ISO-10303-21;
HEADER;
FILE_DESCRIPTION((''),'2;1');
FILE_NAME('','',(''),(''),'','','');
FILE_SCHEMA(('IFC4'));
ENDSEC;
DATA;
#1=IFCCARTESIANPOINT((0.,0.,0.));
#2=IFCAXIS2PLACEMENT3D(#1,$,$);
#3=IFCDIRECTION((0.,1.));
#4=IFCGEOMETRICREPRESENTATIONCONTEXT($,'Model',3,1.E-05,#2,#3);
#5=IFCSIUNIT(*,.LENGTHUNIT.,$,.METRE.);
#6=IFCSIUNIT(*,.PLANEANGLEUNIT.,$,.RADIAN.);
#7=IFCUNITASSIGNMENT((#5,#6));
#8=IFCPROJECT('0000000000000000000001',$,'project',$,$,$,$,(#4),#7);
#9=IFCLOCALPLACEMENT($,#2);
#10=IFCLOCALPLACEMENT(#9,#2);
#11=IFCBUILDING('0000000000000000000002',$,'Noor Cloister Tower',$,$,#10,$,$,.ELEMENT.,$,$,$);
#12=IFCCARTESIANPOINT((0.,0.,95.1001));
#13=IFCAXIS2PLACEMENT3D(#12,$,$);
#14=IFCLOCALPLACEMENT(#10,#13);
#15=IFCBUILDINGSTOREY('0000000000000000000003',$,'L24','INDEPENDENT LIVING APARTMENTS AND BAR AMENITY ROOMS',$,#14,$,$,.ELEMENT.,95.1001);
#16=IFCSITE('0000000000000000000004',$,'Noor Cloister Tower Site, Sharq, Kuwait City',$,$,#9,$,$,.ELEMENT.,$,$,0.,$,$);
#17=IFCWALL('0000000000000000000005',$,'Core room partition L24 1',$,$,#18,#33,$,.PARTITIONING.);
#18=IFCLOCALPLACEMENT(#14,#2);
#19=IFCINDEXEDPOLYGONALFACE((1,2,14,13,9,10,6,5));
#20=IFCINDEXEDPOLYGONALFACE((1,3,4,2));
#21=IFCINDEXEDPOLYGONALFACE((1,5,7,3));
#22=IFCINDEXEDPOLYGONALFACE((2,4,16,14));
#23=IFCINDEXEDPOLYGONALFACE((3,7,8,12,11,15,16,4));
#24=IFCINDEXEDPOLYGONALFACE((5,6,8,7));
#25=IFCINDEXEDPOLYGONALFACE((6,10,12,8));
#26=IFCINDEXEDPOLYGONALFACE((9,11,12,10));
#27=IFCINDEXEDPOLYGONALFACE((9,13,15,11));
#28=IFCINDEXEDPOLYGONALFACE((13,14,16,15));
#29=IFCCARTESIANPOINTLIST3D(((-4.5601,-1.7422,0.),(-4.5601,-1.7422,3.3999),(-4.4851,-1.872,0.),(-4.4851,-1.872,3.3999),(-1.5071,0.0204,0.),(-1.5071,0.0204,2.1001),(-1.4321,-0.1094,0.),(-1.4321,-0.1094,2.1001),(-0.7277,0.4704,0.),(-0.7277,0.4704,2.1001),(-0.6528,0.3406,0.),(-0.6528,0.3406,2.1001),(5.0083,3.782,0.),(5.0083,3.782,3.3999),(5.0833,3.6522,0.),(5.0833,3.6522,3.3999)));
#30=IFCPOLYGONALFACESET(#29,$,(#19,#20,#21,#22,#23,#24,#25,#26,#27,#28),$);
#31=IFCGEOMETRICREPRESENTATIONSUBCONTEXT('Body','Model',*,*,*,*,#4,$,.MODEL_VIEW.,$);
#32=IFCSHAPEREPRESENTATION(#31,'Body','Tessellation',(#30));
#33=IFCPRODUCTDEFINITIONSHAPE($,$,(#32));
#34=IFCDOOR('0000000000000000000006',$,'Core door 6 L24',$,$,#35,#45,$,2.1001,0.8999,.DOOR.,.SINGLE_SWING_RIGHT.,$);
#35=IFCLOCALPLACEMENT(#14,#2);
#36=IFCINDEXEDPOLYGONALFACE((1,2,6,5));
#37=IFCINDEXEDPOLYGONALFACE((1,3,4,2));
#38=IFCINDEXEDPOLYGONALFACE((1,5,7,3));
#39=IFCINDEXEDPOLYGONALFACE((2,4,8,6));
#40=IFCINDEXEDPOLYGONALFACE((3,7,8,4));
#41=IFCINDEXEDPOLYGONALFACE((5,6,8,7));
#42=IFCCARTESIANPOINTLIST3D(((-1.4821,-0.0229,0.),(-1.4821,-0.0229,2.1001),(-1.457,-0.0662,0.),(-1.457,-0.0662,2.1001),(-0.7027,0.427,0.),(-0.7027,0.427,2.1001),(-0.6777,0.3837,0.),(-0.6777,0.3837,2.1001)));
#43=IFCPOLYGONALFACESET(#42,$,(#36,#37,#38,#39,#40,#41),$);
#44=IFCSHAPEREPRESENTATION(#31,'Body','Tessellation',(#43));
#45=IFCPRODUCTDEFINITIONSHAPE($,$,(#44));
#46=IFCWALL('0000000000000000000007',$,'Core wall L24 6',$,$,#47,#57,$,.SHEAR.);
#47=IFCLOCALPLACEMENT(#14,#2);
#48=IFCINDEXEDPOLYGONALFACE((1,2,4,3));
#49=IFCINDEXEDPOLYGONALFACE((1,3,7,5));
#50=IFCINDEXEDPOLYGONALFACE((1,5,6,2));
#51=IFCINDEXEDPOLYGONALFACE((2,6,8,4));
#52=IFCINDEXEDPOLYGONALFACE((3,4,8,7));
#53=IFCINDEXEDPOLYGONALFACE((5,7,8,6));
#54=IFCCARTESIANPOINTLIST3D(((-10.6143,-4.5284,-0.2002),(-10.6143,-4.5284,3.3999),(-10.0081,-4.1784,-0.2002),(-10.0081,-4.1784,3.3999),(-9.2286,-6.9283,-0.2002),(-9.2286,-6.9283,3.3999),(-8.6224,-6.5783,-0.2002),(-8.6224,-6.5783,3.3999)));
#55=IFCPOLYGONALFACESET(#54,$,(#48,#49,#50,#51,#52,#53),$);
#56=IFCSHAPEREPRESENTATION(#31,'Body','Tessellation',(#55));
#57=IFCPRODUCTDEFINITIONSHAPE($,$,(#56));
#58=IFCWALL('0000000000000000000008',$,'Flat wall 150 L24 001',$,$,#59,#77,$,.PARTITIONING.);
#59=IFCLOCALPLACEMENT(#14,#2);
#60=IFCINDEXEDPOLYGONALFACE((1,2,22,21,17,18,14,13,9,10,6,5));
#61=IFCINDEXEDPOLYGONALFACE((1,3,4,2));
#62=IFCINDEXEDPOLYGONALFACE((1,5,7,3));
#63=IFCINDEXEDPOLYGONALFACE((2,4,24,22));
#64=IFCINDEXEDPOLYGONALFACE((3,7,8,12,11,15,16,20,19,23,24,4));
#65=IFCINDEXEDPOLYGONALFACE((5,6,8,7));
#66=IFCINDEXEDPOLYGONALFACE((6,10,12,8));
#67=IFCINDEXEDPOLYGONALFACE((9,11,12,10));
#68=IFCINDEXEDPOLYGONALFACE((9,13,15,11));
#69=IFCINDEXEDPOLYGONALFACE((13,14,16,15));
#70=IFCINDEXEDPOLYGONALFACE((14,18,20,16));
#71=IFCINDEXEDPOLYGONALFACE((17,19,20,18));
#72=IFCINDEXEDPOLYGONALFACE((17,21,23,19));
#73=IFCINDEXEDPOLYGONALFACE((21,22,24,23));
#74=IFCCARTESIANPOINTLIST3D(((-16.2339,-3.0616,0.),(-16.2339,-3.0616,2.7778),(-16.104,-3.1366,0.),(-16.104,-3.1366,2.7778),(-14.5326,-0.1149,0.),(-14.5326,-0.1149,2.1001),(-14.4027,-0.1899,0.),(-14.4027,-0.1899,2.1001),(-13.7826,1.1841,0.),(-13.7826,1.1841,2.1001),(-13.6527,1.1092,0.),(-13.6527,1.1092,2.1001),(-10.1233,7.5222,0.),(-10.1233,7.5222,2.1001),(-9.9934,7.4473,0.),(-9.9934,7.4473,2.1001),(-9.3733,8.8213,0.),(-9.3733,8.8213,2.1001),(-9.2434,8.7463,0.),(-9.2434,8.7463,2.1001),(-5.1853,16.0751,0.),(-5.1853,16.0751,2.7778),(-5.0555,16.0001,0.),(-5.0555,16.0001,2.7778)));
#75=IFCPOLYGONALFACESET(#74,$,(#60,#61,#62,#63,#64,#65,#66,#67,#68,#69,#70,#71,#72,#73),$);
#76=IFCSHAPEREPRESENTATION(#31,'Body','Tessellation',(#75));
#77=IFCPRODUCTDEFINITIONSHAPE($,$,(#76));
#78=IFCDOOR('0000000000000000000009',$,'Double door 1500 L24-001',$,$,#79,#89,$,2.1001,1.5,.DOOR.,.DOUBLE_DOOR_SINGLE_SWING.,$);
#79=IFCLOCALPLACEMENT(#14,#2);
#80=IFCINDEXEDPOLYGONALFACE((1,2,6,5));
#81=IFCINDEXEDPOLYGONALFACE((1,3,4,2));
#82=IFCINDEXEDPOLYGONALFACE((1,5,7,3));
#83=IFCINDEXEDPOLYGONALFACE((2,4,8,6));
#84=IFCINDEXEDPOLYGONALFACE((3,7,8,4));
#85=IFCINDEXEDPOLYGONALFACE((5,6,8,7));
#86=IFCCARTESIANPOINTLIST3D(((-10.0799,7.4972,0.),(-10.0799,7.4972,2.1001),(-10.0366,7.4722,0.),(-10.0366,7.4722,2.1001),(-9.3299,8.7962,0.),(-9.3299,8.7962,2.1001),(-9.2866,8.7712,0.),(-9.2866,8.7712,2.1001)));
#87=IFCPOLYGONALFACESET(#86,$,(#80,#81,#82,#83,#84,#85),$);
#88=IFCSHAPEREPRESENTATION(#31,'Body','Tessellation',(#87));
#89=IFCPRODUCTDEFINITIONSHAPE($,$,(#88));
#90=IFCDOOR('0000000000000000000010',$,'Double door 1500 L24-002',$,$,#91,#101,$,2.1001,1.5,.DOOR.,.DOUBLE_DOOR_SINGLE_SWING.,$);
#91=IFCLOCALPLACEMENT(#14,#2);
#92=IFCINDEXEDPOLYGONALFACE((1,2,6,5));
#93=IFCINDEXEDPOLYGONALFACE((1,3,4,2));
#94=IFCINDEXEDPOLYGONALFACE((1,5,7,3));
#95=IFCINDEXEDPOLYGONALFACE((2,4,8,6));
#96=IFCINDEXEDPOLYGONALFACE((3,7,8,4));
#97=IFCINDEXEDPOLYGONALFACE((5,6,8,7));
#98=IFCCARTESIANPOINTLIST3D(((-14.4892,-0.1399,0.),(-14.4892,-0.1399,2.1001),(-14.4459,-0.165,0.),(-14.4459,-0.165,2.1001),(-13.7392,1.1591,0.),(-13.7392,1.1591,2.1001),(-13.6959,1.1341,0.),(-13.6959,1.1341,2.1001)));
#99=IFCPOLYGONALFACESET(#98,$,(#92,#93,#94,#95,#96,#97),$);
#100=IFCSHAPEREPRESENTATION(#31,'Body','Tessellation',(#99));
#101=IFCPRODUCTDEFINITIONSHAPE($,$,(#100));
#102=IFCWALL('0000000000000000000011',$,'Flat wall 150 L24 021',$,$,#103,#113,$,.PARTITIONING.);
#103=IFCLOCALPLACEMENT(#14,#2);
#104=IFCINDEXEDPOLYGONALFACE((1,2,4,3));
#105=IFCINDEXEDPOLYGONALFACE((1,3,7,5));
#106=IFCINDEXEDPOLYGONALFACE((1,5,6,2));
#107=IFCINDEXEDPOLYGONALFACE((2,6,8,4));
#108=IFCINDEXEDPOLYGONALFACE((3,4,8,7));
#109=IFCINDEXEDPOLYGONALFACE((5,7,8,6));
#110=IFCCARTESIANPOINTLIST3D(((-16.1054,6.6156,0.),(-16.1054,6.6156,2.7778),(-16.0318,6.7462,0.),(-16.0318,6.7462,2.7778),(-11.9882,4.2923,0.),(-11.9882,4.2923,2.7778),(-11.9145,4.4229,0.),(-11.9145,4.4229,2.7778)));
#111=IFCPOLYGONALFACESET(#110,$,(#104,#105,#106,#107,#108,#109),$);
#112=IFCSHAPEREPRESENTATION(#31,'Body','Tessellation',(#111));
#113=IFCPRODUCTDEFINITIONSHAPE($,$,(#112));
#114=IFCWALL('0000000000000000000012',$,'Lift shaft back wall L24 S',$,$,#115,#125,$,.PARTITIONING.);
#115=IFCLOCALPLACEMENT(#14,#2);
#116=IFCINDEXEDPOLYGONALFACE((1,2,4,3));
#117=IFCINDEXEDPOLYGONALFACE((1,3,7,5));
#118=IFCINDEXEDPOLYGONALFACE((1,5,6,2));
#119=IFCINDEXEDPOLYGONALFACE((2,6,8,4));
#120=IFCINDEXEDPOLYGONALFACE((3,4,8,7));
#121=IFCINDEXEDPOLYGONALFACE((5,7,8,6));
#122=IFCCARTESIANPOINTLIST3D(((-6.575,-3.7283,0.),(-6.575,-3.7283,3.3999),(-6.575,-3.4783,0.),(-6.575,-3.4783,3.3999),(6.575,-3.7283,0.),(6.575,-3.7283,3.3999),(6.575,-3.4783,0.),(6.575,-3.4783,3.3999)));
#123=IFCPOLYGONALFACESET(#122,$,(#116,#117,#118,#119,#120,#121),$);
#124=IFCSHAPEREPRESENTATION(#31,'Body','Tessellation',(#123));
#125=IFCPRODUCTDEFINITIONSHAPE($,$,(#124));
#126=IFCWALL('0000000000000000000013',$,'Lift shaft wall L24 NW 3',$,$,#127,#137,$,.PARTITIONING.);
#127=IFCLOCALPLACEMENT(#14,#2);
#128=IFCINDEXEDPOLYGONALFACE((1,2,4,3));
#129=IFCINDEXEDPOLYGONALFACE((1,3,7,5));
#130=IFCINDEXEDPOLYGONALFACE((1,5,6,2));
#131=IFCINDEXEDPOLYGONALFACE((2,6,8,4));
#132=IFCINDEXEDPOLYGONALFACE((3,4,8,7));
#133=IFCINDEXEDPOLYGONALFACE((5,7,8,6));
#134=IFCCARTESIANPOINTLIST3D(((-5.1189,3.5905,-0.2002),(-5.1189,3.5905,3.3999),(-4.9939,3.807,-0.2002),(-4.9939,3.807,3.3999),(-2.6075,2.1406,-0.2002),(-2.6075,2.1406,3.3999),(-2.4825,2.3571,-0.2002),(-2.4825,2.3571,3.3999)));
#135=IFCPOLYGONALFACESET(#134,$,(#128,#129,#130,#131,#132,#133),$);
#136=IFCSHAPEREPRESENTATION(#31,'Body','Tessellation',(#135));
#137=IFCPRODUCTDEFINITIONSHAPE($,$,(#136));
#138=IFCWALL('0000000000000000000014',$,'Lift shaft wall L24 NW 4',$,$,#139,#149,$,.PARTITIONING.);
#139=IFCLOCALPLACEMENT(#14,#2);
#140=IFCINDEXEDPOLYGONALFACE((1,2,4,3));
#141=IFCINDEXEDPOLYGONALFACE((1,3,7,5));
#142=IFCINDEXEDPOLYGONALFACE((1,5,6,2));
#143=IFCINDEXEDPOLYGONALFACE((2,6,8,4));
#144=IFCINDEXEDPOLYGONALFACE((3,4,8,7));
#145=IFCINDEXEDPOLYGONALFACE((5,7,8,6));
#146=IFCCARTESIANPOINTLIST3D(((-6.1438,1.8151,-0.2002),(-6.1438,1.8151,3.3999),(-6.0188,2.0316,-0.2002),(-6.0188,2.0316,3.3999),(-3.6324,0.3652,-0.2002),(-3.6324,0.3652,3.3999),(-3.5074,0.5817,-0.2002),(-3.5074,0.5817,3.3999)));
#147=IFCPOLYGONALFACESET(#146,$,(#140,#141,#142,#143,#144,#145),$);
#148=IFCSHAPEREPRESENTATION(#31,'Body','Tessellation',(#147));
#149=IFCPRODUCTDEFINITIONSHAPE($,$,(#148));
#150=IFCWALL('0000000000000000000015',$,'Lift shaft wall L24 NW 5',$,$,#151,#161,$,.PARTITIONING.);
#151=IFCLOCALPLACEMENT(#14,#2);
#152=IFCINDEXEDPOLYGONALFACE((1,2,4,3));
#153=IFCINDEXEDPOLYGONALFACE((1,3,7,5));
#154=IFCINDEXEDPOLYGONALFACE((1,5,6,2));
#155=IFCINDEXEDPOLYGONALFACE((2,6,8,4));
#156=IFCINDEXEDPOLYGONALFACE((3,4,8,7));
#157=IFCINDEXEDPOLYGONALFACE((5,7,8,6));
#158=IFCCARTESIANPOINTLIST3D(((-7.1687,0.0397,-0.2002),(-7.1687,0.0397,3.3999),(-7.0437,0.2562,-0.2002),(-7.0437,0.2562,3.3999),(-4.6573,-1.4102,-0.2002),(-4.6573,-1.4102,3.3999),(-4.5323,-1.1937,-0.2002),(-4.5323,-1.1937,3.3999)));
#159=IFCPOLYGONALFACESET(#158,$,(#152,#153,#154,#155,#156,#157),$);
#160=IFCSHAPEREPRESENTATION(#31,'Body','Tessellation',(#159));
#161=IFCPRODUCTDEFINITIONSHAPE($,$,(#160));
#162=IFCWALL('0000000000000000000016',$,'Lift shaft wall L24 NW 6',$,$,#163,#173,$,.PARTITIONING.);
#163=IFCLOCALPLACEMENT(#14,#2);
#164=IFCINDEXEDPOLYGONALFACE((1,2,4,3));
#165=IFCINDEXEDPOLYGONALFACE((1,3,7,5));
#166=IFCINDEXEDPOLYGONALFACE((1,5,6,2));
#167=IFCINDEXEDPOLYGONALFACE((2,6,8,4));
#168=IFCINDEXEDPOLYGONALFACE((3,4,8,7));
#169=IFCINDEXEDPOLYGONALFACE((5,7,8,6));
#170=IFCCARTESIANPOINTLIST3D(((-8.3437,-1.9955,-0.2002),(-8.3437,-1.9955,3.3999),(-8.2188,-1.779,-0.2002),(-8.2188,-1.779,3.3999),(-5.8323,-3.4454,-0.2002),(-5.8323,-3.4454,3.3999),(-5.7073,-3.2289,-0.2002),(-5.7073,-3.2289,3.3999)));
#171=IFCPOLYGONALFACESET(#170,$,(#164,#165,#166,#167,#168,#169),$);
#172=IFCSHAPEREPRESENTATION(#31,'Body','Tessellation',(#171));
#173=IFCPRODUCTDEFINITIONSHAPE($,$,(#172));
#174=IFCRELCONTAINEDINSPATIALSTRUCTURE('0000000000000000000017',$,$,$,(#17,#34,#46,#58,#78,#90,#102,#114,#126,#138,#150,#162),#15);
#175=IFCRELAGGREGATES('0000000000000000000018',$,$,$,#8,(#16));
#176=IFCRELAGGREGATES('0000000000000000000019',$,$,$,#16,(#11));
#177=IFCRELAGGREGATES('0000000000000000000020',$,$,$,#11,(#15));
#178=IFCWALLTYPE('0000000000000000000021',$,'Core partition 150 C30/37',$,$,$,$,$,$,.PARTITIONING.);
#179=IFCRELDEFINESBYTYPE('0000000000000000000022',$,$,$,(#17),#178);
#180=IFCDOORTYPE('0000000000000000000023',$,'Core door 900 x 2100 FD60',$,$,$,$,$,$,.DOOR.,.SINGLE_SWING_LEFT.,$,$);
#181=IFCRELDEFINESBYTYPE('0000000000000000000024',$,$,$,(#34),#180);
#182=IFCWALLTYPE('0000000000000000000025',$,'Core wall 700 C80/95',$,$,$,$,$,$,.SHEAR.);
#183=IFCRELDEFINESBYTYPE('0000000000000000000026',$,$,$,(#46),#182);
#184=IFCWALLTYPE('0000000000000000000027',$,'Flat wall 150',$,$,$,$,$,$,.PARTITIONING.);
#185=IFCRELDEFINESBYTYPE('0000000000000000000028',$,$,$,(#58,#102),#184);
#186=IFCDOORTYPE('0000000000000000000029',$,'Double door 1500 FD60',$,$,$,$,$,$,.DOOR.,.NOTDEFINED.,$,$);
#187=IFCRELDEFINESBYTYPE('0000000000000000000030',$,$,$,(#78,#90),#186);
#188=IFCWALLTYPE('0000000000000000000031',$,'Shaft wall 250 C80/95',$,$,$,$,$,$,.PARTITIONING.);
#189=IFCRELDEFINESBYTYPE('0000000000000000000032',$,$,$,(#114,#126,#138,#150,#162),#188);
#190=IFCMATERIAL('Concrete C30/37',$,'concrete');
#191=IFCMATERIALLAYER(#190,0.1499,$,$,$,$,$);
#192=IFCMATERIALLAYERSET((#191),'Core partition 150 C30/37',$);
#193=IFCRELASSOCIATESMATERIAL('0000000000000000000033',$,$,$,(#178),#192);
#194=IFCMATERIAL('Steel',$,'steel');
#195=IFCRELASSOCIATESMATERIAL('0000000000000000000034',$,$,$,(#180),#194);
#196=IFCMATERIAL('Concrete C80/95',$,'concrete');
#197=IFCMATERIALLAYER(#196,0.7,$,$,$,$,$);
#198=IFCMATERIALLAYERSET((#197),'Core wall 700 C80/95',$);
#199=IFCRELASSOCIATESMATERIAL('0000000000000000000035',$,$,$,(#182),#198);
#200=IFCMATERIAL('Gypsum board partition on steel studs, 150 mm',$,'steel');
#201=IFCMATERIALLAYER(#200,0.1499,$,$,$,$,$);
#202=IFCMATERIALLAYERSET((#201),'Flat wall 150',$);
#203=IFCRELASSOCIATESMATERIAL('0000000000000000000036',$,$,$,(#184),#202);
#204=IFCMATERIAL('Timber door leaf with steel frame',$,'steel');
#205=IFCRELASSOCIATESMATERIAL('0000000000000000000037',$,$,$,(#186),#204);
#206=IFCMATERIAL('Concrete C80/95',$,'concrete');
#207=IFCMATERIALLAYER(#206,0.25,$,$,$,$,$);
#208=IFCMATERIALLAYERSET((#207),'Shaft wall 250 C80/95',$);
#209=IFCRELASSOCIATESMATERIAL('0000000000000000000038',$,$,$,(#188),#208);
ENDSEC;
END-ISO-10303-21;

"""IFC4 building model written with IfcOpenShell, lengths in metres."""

from ifc_helpers import new_model, si_unit, direction, frame, frame_2d, origin, place, context, subcontext, project, spatial, rectangle, extrude, material, layer, layer_set, type_object, element, fill, save


model = new_model("IFC4")

# Units and contexts
model_context = context("Model", 3, precision=1e-05, world=origin(), true_north=direction((0.0, 1.0)))
body_context = subcontext(model_context, "Body", "Model", "MODEL_VIEW")
ifc_project = project(units=[si_unit("LENGTHUNIT", "METRE"), si_unit("PLANEANGLEUNIT", "RADIAN")], contexts=[model_context])

# Site, building, storey
site_placement = place(None, origin())
site = spatial("IfcSite", under=ifc_project, at=site_placement, Name="Noor Cloister Tower Site, Sharq, Kuwait City", CompositionType="ELEMENT", RefElevation=0.0)
building_placement = place(site_placement, origin())
building = spatial("IfcBuilding", under=site, at=building_placement, Name="Noor Cloister Tower", CompositionType="ELEMENT")
storey_placement = place(building_placement, frame((0.0, 0.0, 95.1001)))
storey = spatial("IfcBuildingStorey", under=building, at=storey_placement, Name="L24", Description="INDEPENDENT LIVING APARTMENTS AND BAR AMENITY ROOMS", CompositionType="ELEMENT", Elevation=95.1001)

# Wall, opening, door
ifc_material_1 = material(Name="Concrete C30/37", Category="concrete")
ifc_layer_1 = layer(ifc_material_1, 0.1499)
ifc_layer_set_1 = layer_set([ifc_layer_1], Name="Core partition 150 C30/37")
wall_type_1 = type_object("IfcWallType", Name="Core partition 150 C30/37", PredefinedType="PARTITIONING", material=ifc_layer_set_1)
wall_1_placement = place(storey_placement, frame((-4.5227, -1.8071, 0.0), z_axis=(0.0, 0.0, 1.0), x_axis=(0.86603, 0.499992, 0.0)))
wall_1 = element("IfcWall", 1, at=wall_1_placement, inside=storey, type_object=wall_type_1, Name="Core room partition L24 1", PredefinedType="PARTITIONING", context=body_context, shape_type="SweptSolid", body=[
    extrude(rectangle(XDim=11.0486, YDim=0.1499, at=frame_2d((5.5244, 0.0))), origin(), (0.0, 0.0, 1.0), 3.3999),
])
opening_1_placement = place(wall_1_placement, frame((3.5254, 0.0, 0.0)))
opening_1 = element("IfcOpeningElement", 2, at=opening_1_placement, cuts=wall_1, PredefinedType="OPENING", context=body_context, shape_type="SweptSolid", body=[
    extrude(rectangle(XDim=0.8999, YDim=2.1001, at=frame_2d((0.45, 1.05))), frame((0.0, 0.085, 0.0), z_axis=(0.0, -1.0, 0.0), x_axis=(1.0, 0.0, 0.0)), (0.0, 0.0, 1.0), 0.1699),
])
ifc_material_2 = material(Name="Steel", Category="steel")
door_type_1 = type_object("IfcDoorType", Name="Core door 900 x 2100 FD60", OperationType="SINGLE_SWING_LEFT", PredefinedType="DOOR", material=ifc_material_2)
door_1_placement = place(opening_1_placement, origin())
door_1 = element("IfcDoor", 3, at=door_1_placement, inside=storey, type_object=door_type_1, Name="Core door 6 L24", OperationType="SINGLE_SWING_RIGHT", OverallHeight=2.1001, OverallWidth=0.8999, PredefinedType="DOOR", context=body_context, shape_type="SweptSolid", body=[
    extrude(rectangle(XDim=0.8999, YDim=2.1001, at=frame_2d((0.45, 1.05))), frame((0.0, 0.0249, 0.0), z_axis=(0.0, -1.0, 0.0), x_axis=(1.0, 0.0, 0.0)), (0.0, 0.0, 1.0), 0.05),
])
fill(opening_1, door_1)

# Wall
ifc_material_3 = material(Name="Concrete C80/95", Category="concrete")
ifc_layer_2 = layer(ifc_material_3, 0.7)
ifc_layer_set_2 = layer_set([ifc_layer_2], Name="Core wall 700 C80/95")
wall_type_2 = type_object("IfcWallType", Name="Core wall 700 C80/95", PredefinedType="SHEAR", material=ifc_layer_set_2)
wall_2_placement = place(storey_placement, frame((-10.3113, -4.3533, -0.2002), z_axis=(0.0, 0.0, 1.0), x_axis=(0.500043, -0.866001, 0.0)))
element("IfcWall", 4, at=wall_2_placement, inside=storey, type_object=wall_type_2, Name="Core wall L24 6", PredefinedType="SHEAR", context=body_context, shape_type="SweptSolid", body=[
    extrude(rectangle(XDim=2.7712, YDim=0.7, at=frame_2d((1.3857, 0.0))), origin(), (0.0, 0.0, 1.0), 3.6001),
])

# Wall, openings, doors
ifc_material_4 = material(Name="Gypsum board partition on steel studs, 150 mm", Category="steel")
ifc_layer_3 = layer(ifc_material_4, 0.1499)
ifc_layer_set_3 = layer_set([ifc_layer_3], Name="Flat wall 150")
wall_type_3 = type_object("IfcWallType", Name="Flat wall 150", PredefinedType="PARTITIONING", material=ifc_layer_set_3)
wall_3_placement = place(storey_placement, frame((-16.1689, -3.0991, 0.0), z_axis=(0.0, 0.0, 1.0), x_axis=(0.5, 0.866026, 0.0)))
wall_3 = element("IfcWall", 5, at=wall_3_placement, inside=storey, type_object=wall_type_3, Name="Flat wall 150 L24 001", PredefinedType="PARTITIONING", context=body_context, shape_type="SweptSolid", body=[
    extrude(rectangle(XDim=22.0972, YDim=0.1499, at=frame_2d((11.0486, 0.0))), origin(), (0.0, 0.0, 1.0), 2.7778),
])
opening_2_placement = place(wall_3_placement, frame((12.2212, 0.0, 0.0)))
opening_2 = element("IfcOpeningElement", 6, at=opening_2_placement, cuts=wall_3, PredefinedType="OPENING", context=body_context, shape_type="SweptSolid", body=[
    extrude(rectangle(XDim=1.5, YDim=2.1001, at=frame_2d((0.75, 1.05))), frame((0.0, 0.085, 0.0), z_axis=(0.0, -1.0, 0.0), x_axis=(1.0, 0.0, 0.0)), (0.0, 0.0, 1.0), 0.1699),
])
opening_3_placement = place(wall_3_placement, frame((3.4026, 0.0, 0.0)))
opening_3 = element("IfcOpeningElement", 7, at=opening_3_placement, cuts=wall_3, PredefinedType="OPENING", context=body_context, shape_type="SweptSolid", body=[
    extrude(rectangle(XDim=1.5, YDim=2.1001, at=frame_2d((0.75, 1.05))), frame((0.0, 0.085, 0.0), z_axis=(0.0, -1.0, 0.0), x_axis=(1.0, 0.0, 0.0)), (0.0, 0.0, 1.0), 0.1699),
])
ifc_material_5 = material(Name="Timber door leaf with steel frame", Category="steel")
door_type_2 = type_object("IfcDoorType", Name="Double door 1500 FD60", OperationType="NOTDEFINED", PredefinedType="DOOR", material=ifc_material_5)
door_2_placement = place(opening_2_placement, origin())
door_2 = element("IfcDoor", 8, at=door_2_placement, inside=storey, type_object=door_type_2, Name="Double door 1500 L24-001", OperationType="DOUBLE_DOOR_SINGLE_SWING", OverallHeight=2.1001, OverallWidth=1.5, PredefinedType="DOOR", context=body_context, shape_type="SweptSolid", body=[
    extrude(rectangle(XDim=1.5, YDim=2.1001, at=frame_2d((0.75, 1.05))), frame((0.0, 0.0249, 0.0), z_axis=(0.0, -1.0, 0.0), x_axis=(1.0, 0.0, 0.0)), (0.0, 0.0, 1.0), 0.05),
])
fill(opening_2, door_2)
door_3_placement = place(opening_3_placement, origin())
door_3 = element("IfcDoor", 9, at=door_3_placement, inside=storey, type_object=door_type_2, Name="Double door 1500 L24-002", OperationType="DOUBLE_DOOR_SINGLE_SWING", OverallHeight=2.1001, OverallWidth=1.5, PredefinedType="DOOR", context=body_context, shape_type="SweptSolid", body=[
    extrude(rectangle(XDim=1.5, YDim=2.1001, at=frame_2d((0.75, 1.05))), frame((0.0, 0.0249, 0.0), z_axis=(0.0, -1.0, 0.0), x_axis=(1.0, 0.0, 0.0)), (0.0, 0.0, 1.0), 0.05),
])
fill(opening_3, door_3)

# Walls
wall_4_placement = place(storey_placement, frame((-16.0686, 6.6809, 0.0), z_axis=(0.0, 0.0, 1.0), x_axis=(0.870913, -0.491438, 0.0)))
element("IfcWall", 10, at=wall_4_placement, inside=storey, type_object=wall_type_3, Name="Flat wall 150 L24 021", PredefinedType="PARTITIONING", context=body_context, shape_type="SweptSolid", body=[
    extrude(rectangle(XDim=4.7275, YDim=0.1499, at=frame_2d((2.3638, 0.0))), origin(), (0.0, 0.0, 1.0), 2.7778),
])
ifc_material_6 = material(Name="Concrete C80/95", Category="concrete")
ifc_layer_4 = layer(ifc_material_6, 0.25)
ifc_layer_set_4 = layer_set([ifc_layer_4], Name="Shaft wall 250 C80/95")
wall_type_4 = type_object("IfcWallType", Name="Shaft wall 250 C80/95", PredefinedType="PARTITIONING", material=ifc_layer_set_4)
wall_5_placement = place(storey_placement, frame((-6.575, -3.6033, 0.0), z_axis=(0.0, 0.0, 1.0), x_axis=(1.0, 0.0, 0.0)))
element("IfcWall", 11, at=wall_5_placement, inside=storey, type_object=wall_type_4, Name="Lift shaft back wall L24 S", PredefinedType="PARTITIONING", context=body_context, shape_type="SweptSolid", body=[
    extrude(rectangle(XDim=13.1499, YDim=0.25, at=frame_2d((6.575, 0.0))), origin(), (0.0, 0.0, 1.0), 3.3999),
])
for number, where, z_axis, x_axis, name in (
    (12, (-5.0564, 3.6987, -0.2002), (0.0, 0.0, 1.0), (0.866033, -0.499987, 0.0), "Lift shaft wall L24 NW 3"),
    (13, (-6.0813, 1.9233, -0.2002), (0.0, 0.0, 1.0), (0.866033, -0.499987, 0.0), "Lift shaft wall L24 NW 4"),
    (14, (-7.1062, 0.1479, -0.2002), (0.0, 0.0, 1.0), (0.866033, -0.499987, 0.0), "Lift shaft wall L24 NW 5"),
    (15, (-8.2812, -1.8872, -0.2002), (0.0, 0.0, 1.0), (0.866033, -0.499987, 0.0), "Lift shaft wall L24 NW 6"),
):
    element("IfcWall", number, at=place(storey_placement, frame(where, z_axis=z_axis, x_axis=x_axis)), inside=storey, type_object=wall_type_4, Name=name, PredefinedType="PARTITIONING", context=body_context, shape_type="SweptSolid", body=[
        extrude(rectangle(XDim=2.8999, YDim=0.25, at=frame_2d((1.45, 0.0))), origin(), (0.0, 0.0, 1.0), 3.6001),
    ])

save(model, "model.ifc")
